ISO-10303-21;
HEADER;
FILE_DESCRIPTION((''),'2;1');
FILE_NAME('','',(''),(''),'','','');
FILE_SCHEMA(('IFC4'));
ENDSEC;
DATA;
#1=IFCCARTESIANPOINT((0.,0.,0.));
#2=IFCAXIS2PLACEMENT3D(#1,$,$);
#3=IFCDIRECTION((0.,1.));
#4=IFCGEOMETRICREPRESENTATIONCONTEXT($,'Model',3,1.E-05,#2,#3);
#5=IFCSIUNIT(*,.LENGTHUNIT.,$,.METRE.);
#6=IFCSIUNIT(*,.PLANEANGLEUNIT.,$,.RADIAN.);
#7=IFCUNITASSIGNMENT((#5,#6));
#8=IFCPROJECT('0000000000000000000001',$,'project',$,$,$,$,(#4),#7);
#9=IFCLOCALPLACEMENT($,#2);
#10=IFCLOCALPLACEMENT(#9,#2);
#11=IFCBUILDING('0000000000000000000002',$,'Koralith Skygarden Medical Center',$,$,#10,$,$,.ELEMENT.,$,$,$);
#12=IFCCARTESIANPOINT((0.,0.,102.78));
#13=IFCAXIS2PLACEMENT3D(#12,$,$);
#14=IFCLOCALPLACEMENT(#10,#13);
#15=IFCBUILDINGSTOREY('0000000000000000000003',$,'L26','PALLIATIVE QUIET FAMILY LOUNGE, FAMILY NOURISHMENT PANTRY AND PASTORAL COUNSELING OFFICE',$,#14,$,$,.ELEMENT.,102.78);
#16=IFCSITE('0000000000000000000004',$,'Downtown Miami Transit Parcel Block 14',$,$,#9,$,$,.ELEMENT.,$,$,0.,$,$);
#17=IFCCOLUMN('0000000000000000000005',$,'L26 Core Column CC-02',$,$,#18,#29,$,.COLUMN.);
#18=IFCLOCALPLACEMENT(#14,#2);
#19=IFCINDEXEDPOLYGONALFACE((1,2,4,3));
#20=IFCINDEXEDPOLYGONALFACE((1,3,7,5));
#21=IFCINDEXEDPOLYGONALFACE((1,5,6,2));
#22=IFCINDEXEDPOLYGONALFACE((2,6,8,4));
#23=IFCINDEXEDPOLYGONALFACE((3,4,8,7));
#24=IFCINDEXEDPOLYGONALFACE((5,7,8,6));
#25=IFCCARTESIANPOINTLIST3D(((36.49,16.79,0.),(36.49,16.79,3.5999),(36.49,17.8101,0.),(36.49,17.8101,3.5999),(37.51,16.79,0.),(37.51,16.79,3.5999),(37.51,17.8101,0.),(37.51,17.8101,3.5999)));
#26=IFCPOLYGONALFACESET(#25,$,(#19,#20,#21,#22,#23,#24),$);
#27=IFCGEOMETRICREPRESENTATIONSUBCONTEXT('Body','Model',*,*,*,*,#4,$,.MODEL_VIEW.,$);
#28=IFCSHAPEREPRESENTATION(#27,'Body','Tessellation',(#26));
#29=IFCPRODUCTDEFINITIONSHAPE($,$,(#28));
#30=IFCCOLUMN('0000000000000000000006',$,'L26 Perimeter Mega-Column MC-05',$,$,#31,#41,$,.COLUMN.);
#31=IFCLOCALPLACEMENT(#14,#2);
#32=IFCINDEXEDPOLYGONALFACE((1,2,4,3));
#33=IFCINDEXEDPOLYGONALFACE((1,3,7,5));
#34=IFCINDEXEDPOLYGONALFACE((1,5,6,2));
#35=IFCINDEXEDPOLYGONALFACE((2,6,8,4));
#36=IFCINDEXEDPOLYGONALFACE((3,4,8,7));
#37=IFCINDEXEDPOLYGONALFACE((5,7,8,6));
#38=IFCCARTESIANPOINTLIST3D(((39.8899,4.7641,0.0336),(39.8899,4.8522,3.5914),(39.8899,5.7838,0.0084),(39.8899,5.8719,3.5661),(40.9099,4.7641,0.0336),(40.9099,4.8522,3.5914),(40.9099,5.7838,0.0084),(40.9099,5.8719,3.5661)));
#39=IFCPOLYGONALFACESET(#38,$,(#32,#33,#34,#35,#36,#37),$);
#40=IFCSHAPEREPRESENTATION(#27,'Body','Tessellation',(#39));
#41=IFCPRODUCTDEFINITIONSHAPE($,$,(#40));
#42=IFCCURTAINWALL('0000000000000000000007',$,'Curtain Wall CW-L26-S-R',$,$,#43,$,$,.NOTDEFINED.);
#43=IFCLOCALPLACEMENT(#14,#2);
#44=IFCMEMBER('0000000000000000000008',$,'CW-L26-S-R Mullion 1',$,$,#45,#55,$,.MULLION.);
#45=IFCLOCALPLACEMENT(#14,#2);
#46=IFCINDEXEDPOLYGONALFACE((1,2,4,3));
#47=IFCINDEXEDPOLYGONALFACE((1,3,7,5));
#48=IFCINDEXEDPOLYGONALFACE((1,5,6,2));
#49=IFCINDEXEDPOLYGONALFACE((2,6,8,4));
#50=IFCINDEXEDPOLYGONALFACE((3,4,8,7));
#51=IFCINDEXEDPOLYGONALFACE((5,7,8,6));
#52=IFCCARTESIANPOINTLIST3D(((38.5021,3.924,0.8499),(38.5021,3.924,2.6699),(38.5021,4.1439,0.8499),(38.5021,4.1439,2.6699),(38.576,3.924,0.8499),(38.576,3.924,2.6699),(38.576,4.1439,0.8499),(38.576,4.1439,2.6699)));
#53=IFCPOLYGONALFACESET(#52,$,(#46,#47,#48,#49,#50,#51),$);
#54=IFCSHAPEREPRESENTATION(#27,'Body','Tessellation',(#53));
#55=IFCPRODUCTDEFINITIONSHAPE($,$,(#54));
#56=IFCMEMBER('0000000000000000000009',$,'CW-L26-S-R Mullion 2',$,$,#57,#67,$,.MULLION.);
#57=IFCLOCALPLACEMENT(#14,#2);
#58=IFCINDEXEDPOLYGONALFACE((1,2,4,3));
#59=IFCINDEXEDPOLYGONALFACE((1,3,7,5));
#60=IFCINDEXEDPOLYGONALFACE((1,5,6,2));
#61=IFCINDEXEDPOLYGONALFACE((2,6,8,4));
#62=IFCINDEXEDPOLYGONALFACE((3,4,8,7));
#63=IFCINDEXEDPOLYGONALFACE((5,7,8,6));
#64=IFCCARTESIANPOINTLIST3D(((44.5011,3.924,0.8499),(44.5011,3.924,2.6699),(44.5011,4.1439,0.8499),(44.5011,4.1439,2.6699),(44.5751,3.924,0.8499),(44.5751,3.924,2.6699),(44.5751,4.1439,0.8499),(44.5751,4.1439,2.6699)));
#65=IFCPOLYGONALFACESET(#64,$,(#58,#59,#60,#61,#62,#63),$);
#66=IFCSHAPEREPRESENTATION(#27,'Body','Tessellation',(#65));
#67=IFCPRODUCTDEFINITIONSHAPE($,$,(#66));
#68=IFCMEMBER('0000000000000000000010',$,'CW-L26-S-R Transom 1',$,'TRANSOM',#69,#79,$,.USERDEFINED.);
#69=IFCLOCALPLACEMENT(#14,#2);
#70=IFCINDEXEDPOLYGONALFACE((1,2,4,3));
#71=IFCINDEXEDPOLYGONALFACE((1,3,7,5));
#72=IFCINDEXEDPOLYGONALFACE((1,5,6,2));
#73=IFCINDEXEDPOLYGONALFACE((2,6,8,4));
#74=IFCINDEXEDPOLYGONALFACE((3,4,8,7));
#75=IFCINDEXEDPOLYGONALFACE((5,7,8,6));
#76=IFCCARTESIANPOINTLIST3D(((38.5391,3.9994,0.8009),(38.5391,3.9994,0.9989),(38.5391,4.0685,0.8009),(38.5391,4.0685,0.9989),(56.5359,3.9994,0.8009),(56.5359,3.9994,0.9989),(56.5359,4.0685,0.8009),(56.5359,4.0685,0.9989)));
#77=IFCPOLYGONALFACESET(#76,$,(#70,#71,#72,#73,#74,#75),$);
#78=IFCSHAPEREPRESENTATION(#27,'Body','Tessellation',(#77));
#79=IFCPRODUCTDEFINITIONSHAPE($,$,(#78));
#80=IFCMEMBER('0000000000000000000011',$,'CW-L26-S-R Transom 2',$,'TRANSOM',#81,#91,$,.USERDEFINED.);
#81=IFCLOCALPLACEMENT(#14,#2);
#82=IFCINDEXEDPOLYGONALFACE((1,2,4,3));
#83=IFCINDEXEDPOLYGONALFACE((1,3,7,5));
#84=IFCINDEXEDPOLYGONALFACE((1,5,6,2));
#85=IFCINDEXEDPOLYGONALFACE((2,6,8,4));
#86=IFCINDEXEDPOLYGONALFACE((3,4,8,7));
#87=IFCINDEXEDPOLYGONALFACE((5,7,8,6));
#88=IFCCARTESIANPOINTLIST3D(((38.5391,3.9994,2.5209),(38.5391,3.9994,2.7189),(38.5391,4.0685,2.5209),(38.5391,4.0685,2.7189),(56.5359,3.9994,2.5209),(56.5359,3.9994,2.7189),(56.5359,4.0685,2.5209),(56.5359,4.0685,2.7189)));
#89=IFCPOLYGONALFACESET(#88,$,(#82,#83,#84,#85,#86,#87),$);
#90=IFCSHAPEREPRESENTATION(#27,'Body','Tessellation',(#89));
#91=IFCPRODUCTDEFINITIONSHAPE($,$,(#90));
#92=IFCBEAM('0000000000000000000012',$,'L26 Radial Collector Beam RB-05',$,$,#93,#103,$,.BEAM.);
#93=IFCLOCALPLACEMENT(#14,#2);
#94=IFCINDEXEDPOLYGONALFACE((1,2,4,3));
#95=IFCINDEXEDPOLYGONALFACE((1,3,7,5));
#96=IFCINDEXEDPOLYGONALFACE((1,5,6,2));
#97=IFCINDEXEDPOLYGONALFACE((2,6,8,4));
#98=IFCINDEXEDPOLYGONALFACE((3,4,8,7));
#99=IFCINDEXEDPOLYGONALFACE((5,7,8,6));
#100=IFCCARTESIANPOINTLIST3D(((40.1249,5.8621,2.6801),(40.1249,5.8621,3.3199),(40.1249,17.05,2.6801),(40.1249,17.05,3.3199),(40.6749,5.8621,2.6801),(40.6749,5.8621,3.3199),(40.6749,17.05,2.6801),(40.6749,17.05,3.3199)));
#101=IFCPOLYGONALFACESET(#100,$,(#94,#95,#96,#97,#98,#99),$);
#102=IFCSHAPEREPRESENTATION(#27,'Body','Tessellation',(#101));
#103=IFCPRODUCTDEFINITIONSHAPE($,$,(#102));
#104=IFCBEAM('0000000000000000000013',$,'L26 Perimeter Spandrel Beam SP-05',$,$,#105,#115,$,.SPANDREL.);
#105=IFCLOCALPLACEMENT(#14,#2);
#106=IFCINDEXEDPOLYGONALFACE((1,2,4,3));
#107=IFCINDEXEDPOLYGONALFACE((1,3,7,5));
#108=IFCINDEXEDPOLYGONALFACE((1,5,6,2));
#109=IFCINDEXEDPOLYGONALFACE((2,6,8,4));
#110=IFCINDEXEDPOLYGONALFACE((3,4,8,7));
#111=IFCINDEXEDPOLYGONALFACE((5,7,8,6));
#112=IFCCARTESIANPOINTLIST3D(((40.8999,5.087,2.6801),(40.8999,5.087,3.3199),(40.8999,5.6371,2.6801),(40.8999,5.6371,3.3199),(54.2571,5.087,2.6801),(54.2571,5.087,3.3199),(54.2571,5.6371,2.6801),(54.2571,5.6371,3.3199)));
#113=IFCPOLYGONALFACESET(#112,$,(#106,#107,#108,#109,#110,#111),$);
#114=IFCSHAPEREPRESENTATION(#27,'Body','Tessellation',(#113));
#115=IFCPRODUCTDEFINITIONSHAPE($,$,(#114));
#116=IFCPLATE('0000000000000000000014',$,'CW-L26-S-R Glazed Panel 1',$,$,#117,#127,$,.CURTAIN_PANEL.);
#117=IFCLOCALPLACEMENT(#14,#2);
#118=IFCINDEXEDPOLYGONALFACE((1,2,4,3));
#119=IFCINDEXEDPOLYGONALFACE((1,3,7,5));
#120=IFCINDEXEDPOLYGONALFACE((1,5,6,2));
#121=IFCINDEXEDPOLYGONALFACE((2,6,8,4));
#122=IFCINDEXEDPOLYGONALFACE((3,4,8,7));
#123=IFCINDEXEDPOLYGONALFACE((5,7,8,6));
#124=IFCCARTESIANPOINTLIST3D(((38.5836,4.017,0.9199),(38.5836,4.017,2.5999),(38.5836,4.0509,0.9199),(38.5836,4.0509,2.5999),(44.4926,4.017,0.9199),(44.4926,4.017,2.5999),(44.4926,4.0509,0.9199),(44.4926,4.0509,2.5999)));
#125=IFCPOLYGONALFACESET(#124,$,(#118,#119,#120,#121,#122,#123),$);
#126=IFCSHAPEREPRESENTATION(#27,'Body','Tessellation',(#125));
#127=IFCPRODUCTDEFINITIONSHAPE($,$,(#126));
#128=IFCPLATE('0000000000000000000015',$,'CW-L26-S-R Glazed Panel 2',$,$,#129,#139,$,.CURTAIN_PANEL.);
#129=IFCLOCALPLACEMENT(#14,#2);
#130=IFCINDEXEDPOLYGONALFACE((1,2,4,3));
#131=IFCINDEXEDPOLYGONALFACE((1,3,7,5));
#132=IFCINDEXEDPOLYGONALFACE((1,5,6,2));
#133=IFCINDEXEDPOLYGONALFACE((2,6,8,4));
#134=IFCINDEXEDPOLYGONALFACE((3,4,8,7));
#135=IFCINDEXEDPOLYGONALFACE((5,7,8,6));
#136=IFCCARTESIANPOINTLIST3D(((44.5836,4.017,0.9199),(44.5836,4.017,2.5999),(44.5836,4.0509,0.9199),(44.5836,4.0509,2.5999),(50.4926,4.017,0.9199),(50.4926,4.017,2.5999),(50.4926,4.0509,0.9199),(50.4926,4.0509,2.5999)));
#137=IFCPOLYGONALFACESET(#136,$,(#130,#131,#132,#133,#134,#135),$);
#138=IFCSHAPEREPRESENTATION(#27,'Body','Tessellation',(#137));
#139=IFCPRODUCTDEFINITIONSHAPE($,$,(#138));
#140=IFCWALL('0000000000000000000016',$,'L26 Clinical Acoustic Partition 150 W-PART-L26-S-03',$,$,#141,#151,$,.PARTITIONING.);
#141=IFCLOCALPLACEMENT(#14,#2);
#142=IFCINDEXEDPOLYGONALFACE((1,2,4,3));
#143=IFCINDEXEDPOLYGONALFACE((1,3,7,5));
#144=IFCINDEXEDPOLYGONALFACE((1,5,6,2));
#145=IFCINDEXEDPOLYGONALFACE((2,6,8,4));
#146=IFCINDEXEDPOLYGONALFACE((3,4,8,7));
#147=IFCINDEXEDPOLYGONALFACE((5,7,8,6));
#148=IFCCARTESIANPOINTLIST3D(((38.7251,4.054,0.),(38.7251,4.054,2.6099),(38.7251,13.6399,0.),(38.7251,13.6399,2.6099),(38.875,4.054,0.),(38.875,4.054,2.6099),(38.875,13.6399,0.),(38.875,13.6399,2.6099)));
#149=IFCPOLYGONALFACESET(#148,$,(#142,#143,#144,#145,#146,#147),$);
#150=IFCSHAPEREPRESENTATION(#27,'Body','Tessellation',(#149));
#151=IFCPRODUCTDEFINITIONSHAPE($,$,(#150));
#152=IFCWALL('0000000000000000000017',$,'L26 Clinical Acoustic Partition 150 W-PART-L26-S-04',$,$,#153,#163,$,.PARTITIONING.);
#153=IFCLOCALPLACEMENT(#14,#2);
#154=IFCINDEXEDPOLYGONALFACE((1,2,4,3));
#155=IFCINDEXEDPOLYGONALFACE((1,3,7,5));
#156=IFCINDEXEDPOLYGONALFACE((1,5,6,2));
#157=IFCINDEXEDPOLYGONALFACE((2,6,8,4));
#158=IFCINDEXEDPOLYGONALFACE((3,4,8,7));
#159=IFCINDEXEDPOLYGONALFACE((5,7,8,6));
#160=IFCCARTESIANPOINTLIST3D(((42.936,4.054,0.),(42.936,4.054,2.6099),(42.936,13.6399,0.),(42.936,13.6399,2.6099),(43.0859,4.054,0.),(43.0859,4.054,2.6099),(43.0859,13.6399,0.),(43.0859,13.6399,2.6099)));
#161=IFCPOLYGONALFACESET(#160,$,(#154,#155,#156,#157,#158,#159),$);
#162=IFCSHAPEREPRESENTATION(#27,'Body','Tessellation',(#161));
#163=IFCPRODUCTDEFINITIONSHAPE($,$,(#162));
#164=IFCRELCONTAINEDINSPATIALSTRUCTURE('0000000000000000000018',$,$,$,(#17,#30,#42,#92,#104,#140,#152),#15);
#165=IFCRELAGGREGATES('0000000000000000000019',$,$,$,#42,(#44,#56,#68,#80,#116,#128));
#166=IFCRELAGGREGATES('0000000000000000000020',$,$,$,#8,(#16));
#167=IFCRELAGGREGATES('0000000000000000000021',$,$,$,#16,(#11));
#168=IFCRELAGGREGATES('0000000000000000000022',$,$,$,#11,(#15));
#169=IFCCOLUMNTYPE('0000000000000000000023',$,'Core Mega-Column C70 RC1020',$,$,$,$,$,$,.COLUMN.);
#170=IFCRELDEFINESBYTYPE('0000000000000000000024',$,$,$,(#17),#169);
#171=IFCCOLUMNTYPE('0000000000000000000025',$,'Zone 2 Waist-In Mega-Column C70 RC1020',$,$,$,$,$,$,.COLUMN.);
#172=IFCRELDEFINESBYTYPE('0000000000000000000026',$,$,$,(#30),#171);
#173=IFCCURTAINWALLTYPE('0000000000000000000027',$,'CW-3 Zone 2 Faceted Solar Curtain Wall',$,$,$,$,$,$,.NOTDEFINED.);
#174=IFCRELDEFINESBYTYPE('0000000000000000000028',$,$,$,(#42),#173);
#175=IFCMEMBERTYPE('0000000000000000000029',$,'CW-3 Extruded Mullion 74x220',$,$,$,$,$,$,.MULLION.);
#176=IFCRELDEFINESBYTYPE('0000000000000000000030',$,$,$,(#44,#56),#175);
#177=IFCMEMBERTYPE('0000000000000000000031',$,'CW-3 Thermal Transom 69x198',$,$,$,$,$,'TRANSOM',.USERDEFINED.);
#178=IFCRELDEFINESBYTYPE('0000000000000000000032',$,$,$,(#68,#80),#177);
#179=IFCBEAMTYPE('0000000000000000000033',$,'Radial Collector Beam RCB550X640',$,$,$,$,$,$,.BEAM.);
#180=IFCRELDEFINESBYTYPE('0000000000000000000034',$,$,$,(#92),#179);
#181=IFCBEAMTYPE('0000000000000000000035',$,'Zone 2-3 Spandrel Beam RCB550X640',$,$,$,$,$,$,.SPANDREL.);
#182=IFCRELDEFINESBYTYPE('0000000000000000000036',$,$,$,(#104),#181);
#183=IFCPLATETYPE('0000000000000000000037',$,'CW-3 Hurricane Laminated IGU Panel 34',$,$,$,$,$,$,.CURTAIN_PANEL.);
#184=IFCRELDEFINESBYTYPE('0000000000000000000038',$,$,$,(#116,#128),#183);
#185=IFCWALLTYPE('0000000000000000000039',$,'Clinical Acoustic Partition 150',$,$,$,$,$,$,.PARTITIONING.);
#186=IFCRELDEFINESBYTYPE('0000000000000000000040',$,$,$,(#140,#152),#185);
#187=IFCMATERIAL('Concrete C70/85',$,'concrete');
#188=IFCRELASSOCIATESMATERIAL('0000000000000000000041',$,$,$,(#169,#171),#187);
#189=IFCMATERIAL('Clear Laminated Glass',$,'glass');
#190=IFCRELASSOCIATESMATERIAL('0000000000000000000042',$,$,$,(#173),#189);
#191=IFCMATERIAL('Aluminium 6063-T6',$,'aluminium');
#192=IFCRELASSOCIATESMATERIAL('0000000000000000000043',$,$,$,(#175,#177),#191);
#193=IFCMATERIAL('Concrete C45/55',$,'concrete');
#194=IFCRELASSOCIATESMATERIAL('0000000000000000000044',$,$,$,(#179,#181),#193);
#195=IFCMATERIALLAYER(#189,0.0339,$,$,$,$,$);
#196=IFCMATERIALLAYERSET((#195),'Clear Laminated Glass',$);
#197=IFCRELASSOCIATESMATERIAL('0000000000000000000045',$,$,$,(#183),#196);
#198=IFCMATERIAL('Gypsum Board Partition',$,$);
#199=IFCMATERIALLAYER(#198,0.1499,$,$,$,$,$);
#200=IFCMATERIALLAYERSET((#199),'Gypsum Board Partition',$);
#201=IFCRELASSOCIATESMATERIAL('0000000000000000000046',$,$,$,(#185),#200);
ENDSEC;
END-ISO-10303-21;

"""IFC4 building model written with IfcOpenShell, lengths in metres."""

from ifc_helpers import new_model, si_unit, direction, frame, frame_2d, origin, origin_2d, place, context, subcontext, project, spatial, rectangle, extrude, material, layer, layer_set, material_profile, profile_set, type_object, element, aggregate, save


model = new_model("IFC4")

# Units and contexts
model_context = context("Model", 3, precision=1e-05, world=origin(), true_north=direction((0.0, 1.0)))
body_context = subcontext(model_context, "Body", "Model", "MODEL_VIEW")
ifc_project = project(units=[si_unit("LENGTHUNIT", "METRE"), si_unit("PLANEANGLEUNIT", "RADIAN")], contexts=[model_context])

# Site, building, storey
site_placement = place(None, origin())
site = spatial("IfcSite", under=ifc_project, at=site_placement, Name="Downtown Miami Transit Parcel Block 14", CompositionType="ELEMENT", RefElevation=0.0)
building_placement = place(site_placement, origin())
building = spatial("IfcBuilding", under=site, at=building_placement, Name="Koralith Skygarden Medical Center", CompositionType="ELEMENT")
storey_placement = place(building_placement, frame((0.0, 0.0, 102.78)))
storey = spatial("IfcBuildingStorey", under=building, at=storey_placement, Name="L26", Description="PALLIATIVE QUIET FAMILY LOUNGE, FAMILY NOURISHMENT PANTRY AND PASTORAL COUNSELING OFFICE", CompositionType="ELEMENT", Elevation=102.78)

# Columns
ifc_material_1 = material(Name="Concrete C70/85", Category="concrete")
ifc_material_profile_1 = material_profile(ifc_material_1, rectangle(XDim=1.02, YDim=1.02, at=origin_2d()), Name="RC1020X1020")
ifc_profile_set_1 = profile_set([ifc_material_profile_1], Name="Concrete C70/85")
column_type_1 = type_object("IfcColumnType", Name="Core Mega-Column C70 RC1020", PredefinedType="COLUMN", material=ifc_profile_set_1)
column_1_placement = place(storey_placement, frame((37.0, 17.3, 0.0), z_axis=(0.0, 0.0, 1.0), x_axis=(1.0, 0.0, 0.0)))
element("IfcColumn", 1, at=column_1_placement, inside=storey, type_object=column_type_1, Name="L26 Core Column CC-02", PredefinedType="COLUMN", context=body_context, shape_type="SweptSolid", body=[
    extrude(rectangle(XDim=1.02, YDim=1.02, at=origin_2d()), origin(), (0.0, 0.0, 1.0), 3.5999),
])
ifc_material_profile_2 = material_profile(ifc_material_1, rectangle(XDim=1.02, YDim=1.02, at=origin_2d()), Name="RC1020X1020")
ifc_profile_set_2 = profile_set([ifc_material_profile_2], Name="Concrete C70/85")
column_type_2 = type_object("IfcColumnType", Name="Zone 2 Waist-In Mega-Column C70 RC1020", PredefinedType="COLUMN", material=ifc_profile_set_2)
column_2_placement = place(storey_placement, frame((40.3999, 5.2739, 0.021), z_axis=(0.0, 0.024764, 0.999693), x_axis=(-1.0, 0.0, 0.0)))
element("IfcColumn", 2, at=column_2_placement, inside=storey, type_object=column_type_2, Name="L26 Perimeter Mega-Column MC-05", PredefinedType="COLUMN", context=body_context, shape_type="SweptSolid", body=[
    extrude(rectangle(XDim=1.02, YDim=1.02, at=origin_2d()), origin(), (0.0, 0.0, 1.0), 3.5588),
])

# Curtain wall, members
ifc_material_2 = material(Name="Clear Laminated Glass", Category="glass")
curtain_wall_type = type_object("IfcCurtainWallType", Name="CW-3 Zone 2 Faceted Solar Curtain Wall", PredefinedType="NOTDEFINED", material=ifc_material_2)
curtain_wall_placement = place(storey_placement, origin())
curtain_wall = element("IfcCurtainWall", 3, at=curtain_wall_placement, inside=storey, type_object=curtain_wall_type, Name="Curtain Wall CW-L26-S-R", PredefinedType="NOTDEFINED")
ifc_material_3 = material(Name="Aluminium 6063-T6", Category="aluminium")
ifc_material_profile_3 = material_profile(ifc_material_3, rectangle(XDim=0.074, YDim=0.22, at=origin_2d()), Name="MUL74X220")
ifc_profile_set_3 = profile_set([ifc_material_profile_3], Name="Aluminium 6063-T6")
member_type_1 = type_object("IfcMemberType", Name="CW-3 Extruded Mullion 74x220", PredefinedType="MULLION", material=ifc_profile_set_3)
member_1_placement = place(storey_placement, frame((38.5391, 4.0339, 0.8499), z_axis=(0.0, 0.0, 1.0), x_axis=(1.0, 0.0, 0.0)))
member_1 = element("IfcMember", 4, at=member_1_placement, type_object=member_type_1, Name="CW-L26-S-R Mullion 1", PredefinedType="MULLION", context=body_context, shape_type="SweptSolid", body=[
    extrude(rectangle(XDim=0.074, YDim=0.22, at=origin_2d()), origin(), (0.0, 0.0, 1.0), 1.8201),
])
member_2_placement = place(storey_placement, frame((44.5381, 4.0339, 0.8499), z_axis=(0.0, 0.0, 1.0), x_axis=(1.0, 0.0, 0.0)))
member_2 = element("IfcMember", 5, at=member_2_placement, type_object=member_type_1, Name="CW-L26-S-R Mullion 2", PredefinedType="MULLION", context=body_context, shape_type="SweptSolid", body=[
    extrude(rectangle(XDim=0.074, YDim=0.22, at=origin_2d()), origin(), (0.0, 0.0, 1.0), 1.8201),
])
ifc_material_profile_4 = material_profile(ifc_material_3, rectangle(XDim=0.0691, YDim=0.198, at=origin_2d()), Name="TRN69X198")
ifc_profile_set_4 = profile_set([ifc_material_profile_4], Name="Aluminium 6063-T6")
member_type_2 = type_object("IfcMemberType", Name="CW-3 Thermal Transom 69x198", ElementType="TRANSOM", PredefinedType="USERDEFINED", material=ifc_profile_set_4)
member_3_placement = place(storey_placement, frame((38.5391, 4.0339, 0.8999), z_axis=(1.0, 0.0, 0.0), x_axis=(0.0, 1.0, 0.0)))
member_3 = element("IfcMember", 6, at=member_3_placement, type_object=member_type_2, Name="CW-L26-S-R Transom 1", ObjectType="TRANSOM", PredefinedType="USERDEFINED", context=body_context, shape_type="SweptSolid", body=[
    extrude(rectangle(XDim=0.0691, YDim=0.198, at=origin_2d()), origin(), (0.0, 0.0, 1.0), 17.9968),
])
member_4_placement = place(storey_placement, frame((38.5391, 4.0339, 2.6199), z_axis=(1.0, 0.0, 0.0), x_axis=(0.0, 1.0, 0.0)))
member_4 = element("IfcMember", 7, at=member_4_placement, type_object=member_type_2, Name="CW-L26-S-R Transom 2", ObjectType="TRANSOM", PredefinedType="USERDEFINED", context=body_context, shape_type="SweptSolid", body=[
    extrude(rectangle(XDim=0.0691, YDim=0.198, at=origin_2d()), origin(), (0.0, 0.0, 1.0), 17.9968),
])

# Beams
ifc_material_4 = material(Name="Concrete C45/55", Category="concrete")
ifc_material_profile_5 = material_profile(ifc_material_4, rectangle(XDim=0.55, YDim=0.6399, at=origin_2d()), Name="RCB550X640")
ifc_profile_set_5 = profile_set([ifc_material_profile_5], Name="Concrete C45/55")
beam_type_1 = type_object("IfcBeamType", Name="Radial Collector Beam RCB550X640", PredefinedType="BEAM", material=ifc_profile_set_5)
beam_1_placement = place(storey_placement, frame((40.3999, 17.05, 3.0), z_axis=(0.0, -1.0, 0.0), x_axis=(1.0, 0.0, 0.0)))
element("IfcBeam", 8, at=beam_1_placement, inside=storey, type_object=beam_type_1, Name="L26 Radial Collector Beam RB-05", PredefinedType="BEAM", context=body_context, shape_type="SweptSolid", body=[
    extrude(rectangle(XDim=0.55, YDim=0.6399, at=origin_2d()), origin(), (0.0, 0.0, 1.0), 11.188),
])
ifc_material_profile_6 = material_profile(ifc_material_4, rectangle(XDim=0.55, YDim=0.6399, at=origin_2d()), Name="RCB550X640")
ifc_profile_set_6 = profile_set([ifc_material_profile_6], Name="Concrete C45/55")
beam_type_2 = type_object("IfcBeamType", Name="Zone 2-3 Spandrel Beam RCB550X640", PredefinedType="SPANDREL", material=ifc_profile_set_6)
beam_2_placement = place(storey_placement, frame((40.8999, 5.3621, 3.0), z_axis=(1.0, 0.0, 0.0), x_axis=(0.0, 1.0, 0.0)))
element("IfcBeam", 9, at=beam_2_placement, inside=storey, type_object=beam_type_2, Name="L26 Perimeter Spandrel Beam SP-05", PredefinedType="SPANDREL", context=body_context, shape_type="SweptSolid", body=[
    extrude(rectangle(XDim=0.55, YDim=0.6399, at=origin_2d()), origin(), (0.0, 0.0, 1.0), 13.3572),
])

# Plates
ifc_layer_1 = layer(ifc_material_2, 0.0339)
ifc_layer_set_1 = layer_set([ifc_layer_1], Name="Clear Laminated Glass")
plate_type = type_object("IfcPlateType", Name="CW-3 Hurricane Laminated IGU Panel 34", PredefinedType="CURTAIN_PANEL", material=ifc_layer_set_1)
plate_1_placement = place(storey_placement, frame((41.5381, 4.0339, 0.9199), z_axis=(0.0, 0.0, 1.0), x_axis=(1.0, 0.0, 0.0)))
plate_1 = element("IfcPlate", 10, at=plate_1_placement, type_object=plate_type, Name="CW-L26-S-R Glazed Panel 1", PredefinedType="CURTAIN_PANEL", context=body_context, shape_type="SweptSolid", body=[
    extrude(rectangle(XDim=5.9089, YDim=0.0339, at=origin_2d()), origin(), (0.0, 0.0, 1.0), 1.6799),
])
plate_2_placement = place(storey_placement, frame((47.5381, 4.0339, 0.9199), z_axis=(0.0, 0.0, 1.0), x_axis=(1.0, 0.0, 0.0)))
plate_2 = element("IfcPlate", 11, at=plate_2_placement, type_object=plate_type, Name="CW-L26-S-R Glazed Panel 2", PredefinedType="CURTAIN_PANEL", context=body_context, shape_type="SweptSolid", body=[
    extrude(rectangle(XDim=5.9089, YDim=0.0339, at=origin_2d()), origin(), (0.0, 0.0, 1.0), 1.6799),
])
aggregate(curtain_wall, [member_1, member_2, member_3, member_4, plate_1, plate_2])

# Walls
ifc_material_5 = material(Name="Gypsum Board Partition")
ifc_layer_2 = layer(ifc_material_5, 0.1499)
ifc_layer_set_2 = layer_set([ifc_layer_2], Name="Gypsum Board Partition")
wall_type_1 = type_object("IfcWallType", Name="Clinical Acoustic Partition 150", PredefinedType="PARTITIONING", material=ifc_layer_set_2)
for number, where, z_axis, x_axis, name in (
    (12, (38.8, 13.6399, 0.0), (0.0, 0.0, 1.0), (0.0, -1.0, 0.0), "L26 Clinical Acoustic Partition 150 W-PART-L26-S-03"),
    (13, (43.011, 13.6399, 0.0), (0.0, 0.0, 1.0), (0.0, -1.0, 0.0), "L26 Clinical Acoustic Partition 150 W-PART-L26-S-04"),
):
    element("IfcWall", number, at=place(storey_placement, frame(where, z_axis=z_axis, x_axis=x_axis)), inside=storey, type_object=wall_type_1, Name=name, PredefinedType="PARTITIONING", context=body_context, shape_type="SweptSolid", body=[
        extrude(rectangle(XDim=9.5859, YDim=0.1499, at=frame_2d((4.793, 0.0))), origin(), (0.0, 0.0, 1.0), 2.6099),
    ])

save(model, "model.ifc")
